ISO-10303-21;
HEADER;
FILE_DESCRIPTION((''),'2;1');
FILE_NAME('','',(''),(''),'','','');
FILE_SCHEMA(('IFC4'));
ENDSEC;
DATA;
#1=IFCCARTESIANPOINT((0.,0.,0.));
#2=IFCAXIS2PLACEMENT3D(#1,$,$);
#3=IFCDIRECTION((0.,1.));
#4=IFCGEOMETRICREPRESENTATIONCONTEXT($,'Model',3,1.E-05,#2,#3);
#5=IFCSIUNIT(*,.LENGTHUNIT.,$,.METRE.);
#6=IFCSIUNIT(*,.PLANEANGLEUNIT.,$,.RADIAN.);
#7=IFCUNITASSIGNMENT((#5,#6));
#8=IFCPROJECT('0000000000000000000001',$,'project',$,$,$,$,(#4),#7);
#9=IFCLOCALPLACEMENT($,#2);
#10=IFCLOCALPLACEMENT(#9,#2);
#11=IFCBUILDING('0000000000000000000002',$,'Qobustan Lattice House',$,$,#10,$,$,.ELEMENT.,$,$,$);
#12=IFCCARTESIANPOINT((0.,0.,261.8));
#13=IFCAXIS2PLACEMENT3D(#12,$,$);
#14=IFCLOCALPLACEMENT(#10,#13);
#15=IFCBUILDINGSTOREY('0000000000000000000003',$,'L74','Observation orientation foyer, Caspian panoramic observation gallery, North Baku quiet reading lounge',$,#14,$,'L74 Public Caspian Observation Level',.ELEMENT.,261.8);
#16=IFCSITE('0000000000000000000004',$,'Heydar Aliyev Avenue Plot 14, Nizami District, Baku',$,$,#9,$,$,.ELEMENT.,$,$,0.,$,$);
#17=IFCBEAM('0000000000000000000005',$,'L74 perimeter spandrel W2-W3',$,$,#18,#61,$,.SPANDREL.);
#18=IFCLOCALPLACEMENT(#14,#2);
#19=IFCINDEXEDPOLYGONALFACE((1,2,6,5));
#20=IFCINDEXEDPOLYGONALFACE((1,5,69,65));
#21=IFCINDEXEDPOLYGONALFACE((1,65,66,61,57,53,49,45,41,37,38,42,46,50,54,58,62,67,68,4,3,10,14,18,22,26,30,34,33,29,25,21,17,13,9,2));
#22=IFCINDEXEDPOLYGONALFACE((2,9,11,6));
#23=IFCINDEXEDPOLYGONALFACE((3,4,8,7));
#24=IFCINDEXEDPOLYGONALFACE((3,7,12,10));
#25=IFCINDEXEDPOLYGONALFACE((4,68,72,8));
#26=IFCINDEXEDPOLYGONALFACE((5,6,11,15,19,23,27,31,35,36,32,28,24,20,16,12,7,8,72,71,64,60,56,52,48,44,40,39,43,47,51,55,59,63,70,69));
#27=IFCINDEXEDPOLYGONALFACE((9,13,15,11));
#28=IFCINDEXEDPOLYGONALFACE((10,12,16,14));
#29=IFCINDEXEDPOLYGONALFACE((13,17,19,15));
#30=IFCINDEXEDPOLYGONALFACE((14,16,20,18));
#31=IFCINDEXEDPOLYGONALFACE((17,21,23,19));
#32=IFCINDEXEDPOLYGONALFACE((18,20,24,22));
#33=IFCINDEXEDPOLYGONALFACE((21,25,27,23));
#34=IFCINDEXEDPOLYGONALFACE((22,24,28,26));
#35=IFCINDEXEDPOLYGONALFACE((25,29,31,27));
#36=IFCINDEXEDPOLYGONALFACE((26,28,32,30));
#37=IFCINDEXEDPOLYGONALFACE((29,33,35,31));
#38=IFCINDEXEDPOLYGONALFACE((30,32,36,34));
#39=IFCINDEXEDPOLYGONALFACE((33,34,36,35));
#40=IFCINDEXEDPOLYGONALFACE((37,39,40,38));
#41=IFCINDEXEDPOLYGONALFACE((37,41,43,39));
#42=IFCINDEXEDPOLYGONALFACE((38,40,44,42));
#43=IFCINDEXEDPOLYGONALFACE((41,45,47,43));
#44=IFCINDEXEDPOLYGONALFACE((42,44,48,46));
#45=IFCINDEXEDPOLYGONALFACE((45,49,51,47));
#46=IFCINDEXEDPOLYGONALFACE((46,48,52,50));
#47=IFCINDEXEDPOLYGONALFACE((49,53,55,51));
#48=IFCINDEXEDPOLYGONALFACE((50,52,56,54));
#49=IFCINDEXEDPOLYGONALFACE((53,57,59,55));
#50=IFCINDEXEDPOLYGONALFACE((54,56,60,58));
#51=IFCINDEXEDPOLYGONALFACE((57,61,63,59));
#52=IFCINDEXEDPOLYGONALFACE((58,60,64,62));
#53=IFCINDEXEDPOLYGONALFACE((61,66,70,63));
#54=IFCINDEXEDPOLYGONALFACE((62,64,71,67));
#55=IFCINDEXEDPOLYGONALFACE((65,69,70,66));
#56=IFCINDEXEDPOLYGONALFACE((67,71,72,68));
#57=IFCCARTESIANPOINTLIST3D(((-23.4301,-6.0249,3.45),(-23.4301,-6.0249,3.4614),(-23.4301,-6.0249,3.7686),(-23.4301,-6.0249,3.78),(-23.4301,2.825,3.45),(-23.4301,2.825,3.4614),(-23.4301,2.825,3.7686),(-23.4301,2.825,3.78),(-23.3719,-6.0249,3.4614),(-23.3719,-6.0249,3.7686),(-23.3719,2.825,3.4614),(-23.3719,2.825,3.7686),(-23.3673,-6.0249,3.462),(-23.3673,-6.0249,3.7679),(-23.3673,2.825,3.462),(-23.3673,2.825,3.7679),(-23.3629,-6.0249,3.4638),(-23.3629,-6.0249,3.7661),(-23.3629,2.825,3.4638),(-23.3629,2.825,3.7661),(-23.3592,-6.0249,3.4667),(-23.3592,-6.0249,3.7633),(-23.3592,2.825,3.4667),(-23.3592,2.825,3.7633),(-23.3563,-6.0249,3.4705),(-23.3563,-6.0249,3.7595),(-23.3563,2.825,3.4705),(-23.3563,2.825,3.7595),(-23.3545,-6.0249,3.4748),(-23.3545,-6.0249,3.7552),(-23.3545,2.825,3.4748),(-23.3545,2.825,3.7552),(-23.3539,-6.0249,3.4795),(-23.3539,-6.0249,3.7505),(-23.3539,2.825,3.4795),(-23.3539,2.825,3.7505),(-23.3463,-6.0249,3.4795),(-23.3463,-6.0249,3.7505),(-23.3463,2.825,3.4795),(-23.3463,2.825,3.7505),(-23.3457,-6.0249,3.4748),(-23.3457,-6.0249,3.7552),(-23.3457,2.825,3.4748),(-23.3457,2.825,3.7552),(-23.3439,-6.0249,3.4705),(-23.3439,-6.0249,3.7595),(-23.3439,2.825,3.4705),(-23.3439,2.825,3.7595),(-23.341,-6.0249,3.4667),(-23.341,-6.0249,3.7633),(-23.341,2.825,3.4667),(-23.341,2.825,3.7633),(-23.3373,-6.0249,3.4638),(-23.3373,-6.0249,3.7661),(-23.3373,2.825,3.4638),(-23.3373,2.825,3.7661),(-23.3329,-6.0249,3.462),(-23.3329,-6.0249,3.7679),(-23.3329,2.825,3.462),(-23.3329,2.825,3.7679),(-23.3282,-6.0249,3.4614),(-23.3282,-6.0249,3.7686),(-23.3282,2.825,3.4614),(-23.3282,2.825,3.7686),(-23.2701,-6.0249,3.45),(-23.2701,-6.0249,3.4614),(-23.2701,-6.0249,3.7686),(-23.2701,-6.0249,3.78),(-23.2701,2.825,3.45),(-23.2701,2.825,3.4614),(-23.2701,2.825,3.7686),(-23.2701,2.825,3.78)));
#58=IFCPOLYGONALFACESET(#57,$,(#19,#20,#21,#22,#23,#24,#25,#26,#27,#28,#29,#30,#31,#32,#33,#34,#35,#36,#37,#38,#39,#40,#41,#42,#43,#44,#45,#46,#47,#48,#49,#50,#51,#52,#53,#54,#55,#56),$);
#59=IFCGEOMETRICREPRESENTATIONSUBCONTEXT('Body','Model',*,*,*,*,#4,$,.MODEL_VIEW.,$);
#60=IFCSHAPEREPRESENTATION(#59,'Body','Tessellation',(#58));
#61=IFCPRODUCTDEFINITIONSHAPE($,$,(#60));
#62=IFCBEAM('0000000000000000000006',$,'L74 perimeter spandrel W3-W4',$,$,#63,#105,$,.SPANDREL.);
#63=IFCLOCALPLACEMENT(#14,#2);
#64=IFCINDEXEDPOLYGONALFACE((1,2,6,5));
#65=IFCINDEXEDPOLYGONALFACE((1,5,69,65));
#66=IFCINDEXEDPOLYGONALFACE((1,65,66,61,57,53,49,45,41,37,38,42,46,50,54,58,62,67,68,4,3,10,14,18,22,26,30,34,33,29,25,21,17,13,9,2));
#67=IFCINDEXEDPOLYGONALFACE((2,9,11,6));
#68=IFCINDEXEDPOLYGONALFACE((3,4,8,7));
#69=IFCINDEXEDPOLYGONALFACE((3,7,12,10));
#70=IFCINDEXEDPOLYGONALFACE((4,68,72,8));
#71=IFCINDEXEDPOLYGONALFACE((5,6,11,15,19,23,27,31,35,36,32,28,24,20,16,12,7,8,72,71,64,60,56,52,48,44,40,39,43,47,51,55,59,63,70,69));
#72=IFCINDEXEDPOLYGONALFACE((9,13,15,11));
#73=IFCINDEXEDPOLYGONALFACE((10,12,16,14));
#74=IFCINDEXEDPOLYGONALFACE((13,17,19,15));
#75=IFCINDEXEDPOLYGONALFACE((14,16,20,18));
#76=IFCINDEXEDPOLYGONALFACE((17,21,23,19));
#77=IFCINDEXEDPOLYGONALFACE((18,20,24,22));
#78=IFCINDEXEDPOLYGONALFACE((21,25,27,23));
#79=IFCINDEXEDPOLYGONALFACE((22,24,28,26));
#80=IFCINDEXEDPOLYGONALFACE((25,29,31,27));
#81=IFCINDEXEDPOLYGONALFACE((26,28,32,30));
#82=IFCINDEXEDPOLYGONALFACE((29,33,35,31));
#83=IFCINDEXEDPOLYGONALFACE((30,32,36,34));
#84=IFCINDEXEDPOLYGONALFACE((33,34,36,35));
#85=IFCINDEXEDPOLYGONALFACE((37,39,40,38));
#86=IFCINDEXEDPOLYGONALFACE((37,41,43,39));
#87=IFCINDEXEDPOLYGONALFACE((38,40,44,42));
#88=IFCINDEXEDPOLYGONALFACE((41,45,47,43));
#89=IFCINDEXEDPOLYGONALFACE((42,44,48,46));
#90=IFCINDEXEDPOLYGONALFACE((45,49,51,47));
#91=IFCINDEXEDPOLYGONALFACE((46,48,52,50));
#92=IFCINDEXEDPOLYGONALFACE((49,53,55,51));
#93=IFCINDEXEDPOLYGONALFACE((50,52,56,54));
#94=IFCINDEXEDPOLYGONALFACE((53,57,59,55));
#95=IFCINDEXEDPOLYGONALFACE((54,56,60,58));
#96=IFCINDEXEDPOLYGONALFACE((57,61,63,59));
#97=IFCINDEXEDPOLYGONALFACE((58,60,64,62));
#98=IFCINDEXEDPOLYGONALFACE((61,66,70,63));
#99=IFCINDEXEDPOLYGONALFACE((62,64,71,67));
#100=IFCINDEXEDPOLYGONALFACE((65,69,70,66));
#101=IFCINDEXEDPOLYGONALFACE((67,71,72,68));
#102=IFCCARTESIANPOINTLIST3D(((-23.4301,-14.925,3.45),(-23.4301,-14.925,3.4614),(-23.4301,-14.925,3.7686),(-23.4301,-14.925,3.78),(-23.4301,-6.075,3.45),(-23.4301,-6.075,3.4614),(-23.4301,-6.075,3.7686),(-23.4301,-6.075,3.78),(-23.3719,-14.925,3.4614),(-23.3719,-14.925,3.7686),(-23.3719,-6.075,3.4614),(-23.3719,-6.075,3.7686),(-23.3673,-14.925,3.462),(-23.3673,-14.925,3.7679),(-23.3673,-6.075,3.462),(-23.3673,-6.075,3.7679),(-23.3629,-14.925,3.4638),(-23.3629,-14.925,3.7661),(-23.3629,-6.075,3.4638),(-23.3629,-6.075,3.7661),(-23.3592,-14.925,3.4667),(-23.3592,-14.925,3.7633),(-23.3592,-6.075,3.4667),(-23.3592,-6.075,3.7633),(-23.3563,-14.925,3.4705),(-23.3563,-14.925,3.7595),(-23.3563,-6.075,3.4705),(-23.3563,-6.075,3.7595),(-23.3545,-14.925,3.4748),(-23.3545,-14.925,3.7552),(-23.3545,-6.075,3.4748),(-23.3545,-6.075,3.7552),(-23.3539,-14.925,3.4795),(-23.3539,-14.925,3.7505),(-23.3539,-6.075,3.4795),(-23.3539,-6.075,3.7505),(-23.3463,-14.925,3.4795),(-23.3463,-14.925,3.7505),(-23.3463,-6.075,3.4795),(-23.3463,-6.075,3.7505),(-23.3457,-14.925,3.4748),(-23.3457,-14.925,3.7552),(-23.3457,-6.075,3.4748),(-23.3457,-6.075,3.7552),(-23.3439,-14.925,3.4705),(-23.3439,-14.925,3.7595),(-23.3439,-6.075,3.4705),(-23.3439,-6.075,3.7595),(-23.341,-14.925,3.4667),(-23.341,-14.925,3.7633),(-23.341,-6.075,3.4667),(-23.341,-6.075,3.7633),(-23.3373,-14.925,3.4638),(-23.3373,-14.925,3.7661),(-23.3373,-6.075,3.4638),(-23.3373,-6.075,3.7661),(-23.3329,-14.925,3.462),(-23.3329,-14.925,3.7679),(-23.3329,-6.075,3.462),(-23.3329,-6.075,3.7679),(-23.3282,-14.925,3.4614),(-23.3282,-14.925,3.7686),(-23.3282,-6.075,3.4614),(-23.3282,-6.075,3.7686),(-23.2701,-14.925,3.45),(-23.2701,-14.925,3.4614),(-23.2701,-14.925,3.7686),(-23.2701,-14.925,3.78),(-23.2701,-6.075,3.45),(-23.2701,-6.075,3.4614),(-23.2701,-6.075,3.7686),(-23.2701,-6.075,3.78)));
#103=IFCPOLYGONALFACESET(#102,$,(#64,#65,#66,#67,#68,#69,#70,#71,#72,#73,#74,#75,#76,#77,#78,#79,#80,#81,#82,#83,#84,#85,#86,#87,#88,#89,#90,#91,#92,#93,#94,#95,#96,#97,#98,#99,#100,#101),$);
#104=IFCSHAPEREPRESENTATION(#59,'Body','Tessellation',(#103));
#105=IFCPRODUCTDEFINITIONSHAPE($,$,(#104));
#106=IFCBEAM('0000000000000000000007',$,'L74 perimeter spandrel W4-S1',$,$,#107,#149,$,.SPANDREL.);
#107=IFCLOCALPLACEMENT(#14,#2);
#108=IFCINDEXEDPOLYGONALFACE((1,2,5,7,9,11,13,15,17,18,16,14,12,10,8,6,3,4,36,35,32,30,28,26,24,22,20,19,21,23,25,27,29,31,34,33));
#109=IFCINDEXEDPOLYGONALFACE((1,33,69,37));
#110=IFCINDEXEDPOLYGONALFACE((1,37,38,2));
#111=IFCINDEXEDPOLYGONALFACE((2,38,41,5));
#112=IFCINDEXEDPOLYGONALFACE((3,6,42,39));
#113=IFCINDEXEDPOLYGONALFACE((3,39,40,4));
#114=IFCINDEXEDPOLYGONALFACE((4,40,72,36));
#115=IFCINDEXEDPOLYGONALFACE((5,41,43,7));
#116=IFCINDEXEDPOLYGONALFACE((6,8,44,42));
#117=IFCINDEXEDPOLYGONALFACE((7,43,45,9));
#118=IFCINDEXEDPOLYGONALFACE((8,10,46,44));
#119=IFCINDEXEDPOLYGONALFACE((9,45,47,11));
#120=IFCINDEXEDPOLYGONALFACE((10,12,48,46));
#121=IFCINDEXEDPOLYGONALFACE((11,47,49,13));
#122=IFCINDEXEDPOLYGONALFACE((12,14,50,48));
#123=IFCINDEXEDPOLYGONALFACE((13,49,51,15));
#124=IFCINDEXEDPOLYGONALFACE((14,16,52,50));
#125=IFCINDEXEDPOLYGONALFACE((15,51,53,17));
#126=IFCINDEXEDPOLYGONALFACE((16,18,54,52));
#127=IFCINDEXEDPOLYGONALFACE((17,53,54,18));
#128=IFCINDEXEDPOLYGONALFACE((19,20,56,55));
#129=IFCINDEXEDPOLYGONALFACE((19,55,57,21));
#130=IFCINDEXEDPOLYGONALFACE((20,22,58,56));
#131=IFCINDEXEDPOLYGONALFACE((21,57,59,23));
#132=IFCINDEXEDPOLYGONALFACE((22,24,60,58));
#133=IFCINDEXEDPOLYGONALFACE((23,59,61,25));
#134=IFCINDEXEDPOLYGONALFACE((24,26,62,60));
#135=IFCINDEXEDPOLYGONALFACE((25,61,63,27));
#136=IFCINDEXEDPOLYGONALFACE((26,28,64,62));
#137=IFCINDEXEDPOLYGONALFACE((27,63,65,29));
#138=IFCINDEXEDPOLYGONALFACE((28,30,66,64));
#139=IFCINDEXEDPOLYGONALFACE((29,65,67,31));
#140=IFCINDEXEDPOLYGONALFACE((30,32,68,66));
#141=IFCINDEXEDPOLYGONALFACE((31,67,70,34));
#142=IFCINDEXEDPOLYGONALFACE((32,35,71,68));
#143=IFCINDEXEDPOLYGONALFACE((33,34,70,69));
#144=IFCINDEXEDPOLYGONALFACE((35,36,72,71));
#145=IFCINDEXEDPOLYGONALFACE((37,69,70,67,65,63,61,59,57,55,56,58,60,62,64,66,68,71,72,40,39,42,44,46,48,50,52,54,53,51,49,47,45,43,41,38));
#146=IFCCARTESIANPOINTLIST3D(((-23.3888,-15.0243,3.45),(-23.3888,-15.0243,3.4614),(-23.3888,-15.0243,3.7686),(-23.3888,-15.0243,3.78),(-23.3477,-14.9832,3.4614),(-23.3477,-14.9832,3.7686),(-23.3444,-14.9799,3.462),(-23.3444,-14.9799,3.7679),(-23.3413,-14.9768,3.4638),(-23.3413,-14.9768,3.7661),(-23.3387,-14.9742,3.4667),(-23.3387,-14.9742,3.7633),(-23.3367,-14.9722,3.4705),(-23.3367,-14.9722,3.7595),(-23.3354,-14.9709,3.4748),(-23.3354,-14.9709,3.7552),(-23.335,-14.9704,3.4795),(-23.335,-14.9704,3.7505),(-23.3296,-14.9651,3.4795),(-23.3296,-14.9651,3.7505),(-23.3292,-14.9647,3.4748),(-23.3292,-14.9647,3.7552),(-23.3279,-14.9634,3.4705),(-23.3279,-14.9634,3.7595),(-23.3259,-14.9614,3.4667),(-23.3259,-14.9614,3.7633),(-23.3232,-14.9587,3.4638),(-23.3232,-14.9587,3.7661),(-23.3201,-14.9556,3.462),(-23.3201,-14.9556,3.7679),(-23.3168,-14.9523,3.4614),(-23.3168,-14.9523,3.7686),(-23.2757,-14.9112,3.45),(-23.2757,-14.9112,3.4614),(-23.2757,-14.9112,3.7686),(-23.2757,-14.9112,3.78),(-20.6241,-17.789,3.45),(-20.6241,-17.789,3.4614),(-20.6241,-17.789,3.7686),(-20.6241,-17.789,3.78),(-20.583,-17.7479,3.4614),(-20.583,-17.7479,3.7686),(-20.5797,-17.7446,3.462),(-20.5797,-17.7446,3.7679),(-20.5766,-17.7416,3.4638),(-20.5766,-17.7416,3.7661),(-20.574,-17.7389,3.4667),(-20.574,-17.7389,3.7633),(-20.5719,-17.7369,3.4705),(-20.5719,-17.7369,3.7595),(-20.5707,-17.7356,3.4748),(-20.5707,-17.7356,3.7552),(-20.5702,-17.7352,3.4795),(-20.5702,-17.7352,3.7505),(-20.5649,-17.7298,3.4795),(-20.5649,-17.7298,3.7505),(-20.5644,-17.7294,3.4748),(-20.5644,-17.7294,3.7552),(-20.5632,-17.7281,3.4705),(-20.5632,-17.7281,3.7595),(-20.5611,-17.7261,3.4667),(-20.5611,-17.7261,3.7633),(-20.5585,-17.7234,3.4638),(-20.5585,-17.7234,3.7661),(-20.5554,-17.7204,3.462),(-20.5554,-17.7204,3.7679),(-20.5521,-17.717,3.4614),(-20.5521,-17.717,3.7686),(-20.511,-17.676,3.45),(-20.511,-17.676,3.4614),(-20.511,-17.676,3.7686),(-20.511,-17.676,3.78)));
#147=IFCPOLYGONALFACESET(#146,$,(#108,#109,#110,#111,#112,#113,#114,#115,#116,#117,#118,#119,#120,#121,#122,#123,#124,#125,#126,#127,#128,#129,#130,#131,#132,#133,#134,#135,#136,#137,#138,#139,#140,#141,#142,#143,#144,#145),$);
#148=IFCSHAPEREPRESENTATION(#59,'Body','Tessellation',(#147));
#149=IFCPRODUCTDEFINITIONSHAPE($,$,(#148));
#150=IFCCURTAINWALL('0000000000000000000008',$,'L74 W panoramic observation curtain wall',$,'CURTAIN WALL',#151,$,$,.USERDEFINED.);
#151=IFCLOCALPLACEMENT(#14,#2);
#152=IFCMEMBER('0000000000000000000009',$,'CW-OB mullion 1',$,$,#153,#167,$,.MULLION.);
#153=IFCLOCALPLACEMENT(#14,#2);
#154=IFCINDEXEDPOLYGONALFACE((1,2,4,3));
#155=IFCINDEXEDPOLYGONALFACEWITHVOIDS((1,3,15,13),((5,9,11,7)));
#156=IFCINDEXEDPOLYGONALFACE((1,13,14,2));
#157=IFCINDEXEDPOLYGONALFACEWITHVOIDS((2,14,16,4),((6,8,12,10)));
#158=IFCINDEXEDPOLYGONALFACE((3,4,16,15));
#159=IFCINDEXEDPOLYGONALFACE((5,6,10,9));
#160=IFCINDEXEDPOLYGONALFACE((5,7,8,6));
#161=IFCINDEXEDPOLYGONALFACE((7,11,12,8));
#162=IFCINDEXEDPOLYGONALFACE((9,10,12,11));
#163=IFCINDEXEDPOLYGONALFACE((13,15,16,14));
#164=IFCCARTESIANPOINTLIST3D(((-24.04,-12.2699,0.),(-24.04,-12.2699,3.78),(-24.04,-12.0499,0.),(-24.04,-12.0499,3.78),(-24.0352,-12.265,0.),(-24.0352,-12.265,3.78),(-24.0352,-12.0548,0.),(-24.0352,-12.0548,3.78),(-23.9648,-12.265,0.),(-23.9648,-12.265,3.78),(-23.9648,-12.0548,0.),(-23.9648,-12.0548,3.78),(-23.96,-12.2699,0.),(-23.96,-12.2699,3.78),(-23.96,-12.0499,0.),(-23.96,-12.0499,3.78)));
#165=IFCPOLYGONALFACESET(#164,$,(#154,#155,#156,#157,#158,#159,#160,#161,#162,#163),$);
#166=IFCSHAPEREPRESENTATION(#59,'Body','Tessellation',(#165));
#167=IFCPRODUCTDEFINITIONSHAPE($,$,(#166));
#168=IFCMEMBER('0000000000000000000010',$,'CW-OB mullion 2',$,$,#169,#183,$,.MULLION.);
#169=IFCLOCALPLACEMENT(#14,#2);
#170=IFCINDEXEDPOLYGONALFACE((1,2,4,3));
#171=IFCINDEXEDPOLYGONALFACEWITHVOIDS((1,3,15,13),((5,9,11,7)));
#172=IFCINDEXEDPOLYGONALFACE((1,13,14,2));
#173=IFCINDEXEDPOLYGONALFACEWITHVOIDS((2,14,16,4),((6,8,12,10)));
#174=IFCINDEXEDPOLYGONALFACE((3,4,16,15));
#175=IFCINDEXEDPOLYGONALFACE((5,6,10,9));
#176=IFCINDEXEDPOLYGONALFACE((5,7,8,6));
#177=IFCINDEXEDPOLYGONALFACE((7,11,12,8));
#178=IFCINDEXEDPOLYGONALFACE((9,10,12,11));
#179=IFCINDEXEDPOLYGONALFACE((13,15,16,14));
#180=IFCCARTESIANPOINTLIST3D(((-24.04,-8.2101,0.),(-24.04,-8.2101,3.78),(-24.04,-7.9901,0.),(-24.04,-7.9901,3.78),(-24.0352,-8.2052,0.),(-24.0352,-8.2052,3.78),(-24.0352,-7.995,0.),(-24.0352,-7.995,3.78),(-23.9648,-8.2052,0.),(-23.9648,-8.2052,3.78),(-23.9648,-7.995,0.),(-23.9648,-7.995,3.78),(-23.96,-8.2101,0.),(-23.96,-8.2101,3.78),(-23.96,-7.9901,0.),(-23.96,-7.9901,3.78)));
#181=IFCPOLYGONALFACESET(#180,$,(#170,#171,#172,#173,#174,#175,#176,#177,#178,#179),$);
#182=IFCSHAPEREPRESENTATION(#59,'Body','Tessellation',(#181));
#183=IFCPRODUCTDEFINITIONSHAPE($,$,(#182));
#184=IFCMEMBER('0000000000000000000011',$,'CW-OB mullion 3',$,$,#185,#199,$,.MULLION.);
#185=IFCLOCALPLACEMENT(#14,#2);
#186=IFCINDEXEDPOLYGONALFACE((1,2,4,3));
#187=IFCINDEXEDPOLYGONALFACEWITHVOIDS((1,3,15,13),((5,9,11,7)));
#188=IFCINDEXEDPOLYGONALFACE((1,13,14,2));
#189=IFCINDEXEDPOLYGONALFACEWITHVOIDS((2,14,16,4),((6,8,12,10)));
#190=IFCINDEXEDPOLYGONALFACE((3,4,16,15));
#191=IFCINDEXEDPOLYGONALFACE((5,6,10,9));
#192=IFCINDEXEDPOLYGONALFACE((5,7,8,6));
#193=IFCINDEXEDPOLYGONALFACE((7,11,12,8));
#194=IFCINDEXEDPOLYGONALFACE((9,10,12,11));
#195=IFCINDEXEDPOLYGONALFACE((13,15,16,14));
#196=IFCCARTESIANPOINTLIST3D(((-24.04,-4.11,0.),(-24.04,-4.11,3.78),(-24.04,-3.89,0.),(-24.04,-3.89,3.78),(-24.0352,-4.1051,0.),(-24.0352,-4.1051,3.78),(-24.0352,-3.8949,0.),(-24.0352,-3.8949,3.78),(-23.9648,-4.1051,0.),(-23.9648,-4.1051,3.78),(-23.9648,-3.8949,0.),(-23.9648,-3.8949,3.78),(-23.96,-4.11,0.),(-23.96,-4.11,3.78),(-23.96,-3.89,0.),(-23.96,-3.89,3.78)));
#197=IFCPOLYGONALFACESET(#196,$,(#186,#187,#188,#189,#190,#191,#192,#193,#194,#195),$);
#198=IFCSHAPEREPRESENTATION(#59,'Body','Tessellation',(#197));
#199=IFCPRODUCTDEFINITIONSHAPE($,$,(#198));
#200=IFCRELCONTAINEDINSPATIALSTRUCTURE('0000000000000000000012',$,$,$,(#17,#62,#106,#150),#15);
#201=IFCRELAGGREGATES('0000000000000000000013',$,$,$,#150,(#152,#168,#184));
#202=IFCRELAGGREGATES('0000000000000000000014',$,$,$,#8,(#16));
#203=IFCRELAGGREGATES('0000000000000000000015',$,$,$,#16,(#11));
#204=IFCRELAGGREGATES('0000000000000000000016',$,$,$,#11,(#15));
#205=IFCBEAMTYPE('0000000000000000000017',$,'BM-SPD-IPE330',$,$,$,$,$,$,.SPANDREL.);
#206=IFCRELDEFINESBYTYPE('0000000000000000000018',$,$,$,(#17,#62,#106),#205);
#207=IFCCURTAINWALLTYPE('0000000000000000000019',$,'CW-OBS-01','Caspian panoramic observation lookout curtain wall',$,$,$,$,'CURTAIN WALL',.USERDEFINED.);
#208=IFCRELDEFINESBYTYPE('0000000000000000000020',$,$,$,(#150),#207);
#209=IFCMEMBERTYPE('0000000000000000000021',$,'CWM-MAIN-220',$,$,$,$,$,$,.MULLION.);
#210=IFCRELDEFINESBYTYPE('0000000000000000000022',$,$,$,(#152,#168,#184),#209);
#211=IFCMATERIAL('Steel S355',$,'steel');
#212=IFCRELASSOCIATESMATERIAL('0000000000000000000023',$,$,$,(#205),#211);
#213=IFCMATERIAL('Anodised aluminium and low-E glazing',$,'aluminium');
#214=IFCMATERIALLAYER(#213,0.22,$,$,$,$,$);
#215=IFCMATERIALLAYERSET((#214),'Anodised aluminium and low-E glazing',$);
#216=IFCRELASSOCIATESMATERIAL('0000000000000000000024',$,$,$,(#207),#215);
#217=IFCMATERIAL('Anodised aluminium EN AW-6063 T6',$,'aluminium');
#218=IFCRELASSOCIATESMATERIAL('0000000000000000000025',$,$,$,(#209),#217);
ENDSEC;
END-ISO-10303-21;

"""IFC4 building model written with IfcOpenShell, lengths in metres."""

from ifc_helpers import new_model, si_unit, direction, frame, origin, origin_2d, place, context, subcontext, project, spatial, hollow_rectangle, i_section, extrude, material, layer, layer_set, material_profile, profile_set, type_object, element, aggregate, save


model = new_model("IFC4")

# Units and contexts
model_context = context("Model", 3, precision=1e-05, world=origin(), true_north=direction((0.0, 1.0)))
body_context = subcontext(model_context, "Body", "Model", "MODEL_VIEW")
ifc_project = project(units=[si_unit("LENGTHUNIT", "METRE"), si_unit("PLANEANGLEUNIT", "RADIAN")], contexts=[model_context])

# Site, building, storey
site_placement = place(None, origin())
site = spatial("IfcSite", under=ifc_project, at=site_placement, Name="Heydar Aliyev Avenue Plot 14, Nizami District, Baku", CompositionType="ELEMENT", RefElevation=0.0)
building_placement = place(site_placement, origin())
building = spatial("IfcBuilding", under=site, at=building_placement, Name="Qobustan Lattice House", CompositionType="ELEMENT")
storey_placement = place(building_placement, frame((0.0, 0.0, 261.8)))
storey = spatial("IfcBuildingStorey", under=building, at=storey_placement, Name="L74", Description="Observation orientation foyer, Caspian panoramic observation gallery, North Baku quiet reading lounge", LongName="L74 Public Caspian Observation Level", CompositionType="ELEMENT", Elevation=261.8)

# Beams
ifc_material_1 = material(Name="Steel S355", Category="steel")
ifc_material_profile_1 = material_profile(ifc_material_1, i_section(OverallWidth=0.1599, OverallDepth=0.3301, WebThickness=0.0076, FlangeThickness=0.0115, FilletRadius=0.0181, at=origin_2d()), Name="IPE330")
ifc_profile_set_1 = profile_set([ifc_material_profile_1], Name="Steel S355")
beam_type_1 = type_object("IfcBeamType", Name="BM-SPD-IPE330", PredefinedType="SPANDREL", material=ifc_profile_set_1)
beam_1_placement = place(storey_placement, frame((-23.3501, 2.825, 3.615), z_axis=(0.0, -1.0, 0.0), x_axis=(1.0, 0.0, 0.0)))
element("IfcBeam", 1, at=beam_1_placement, inside=storey, type_object=beam_type_1, Name="L74 perimeter spandrel W2-W3", PredefinedType="SPANDREL", context=body_context, shape_type="SweptSolid", body=[
    extrude(i_section(OverallWidth=0.1599, OverallDepth=0.3301, WebThickness=0.0076, FlangeThickness=0.0115, FilletRadius=0.0181, at=origin_2d()), origin(), (0.0, 0.0, 1.0), 8.8499),
])
beam_2_placement = place(storey_placement, frame((-23.3501, -6.075, 3.615), z_axis=(0.0, -1.0, 0.0), x_axis=(1.0, 0.0, 0.0)))
element("IfcBeam", 2, at=beam_2_placement, inside=storey, type_object=beam_type_1, Name="L74 perimeter spandrel W3-W4", PredefinedType="SPANDREL", context=body_context, shape_type="SweptSolid", body=[
    extrude(i_section(OverallWidth=0.1599, OverallDepth=0.3301, WebThickness=0.0076, FlangeThickness=0.0115, FilletRadius=0.0181, at=origin_2d()), origin(), (0.0, 0.0, 1.0), 8.8501),
])
beam_3_placement = place(storey_placement, frame((-23.3323, -14.9678, 3.615), z_axis=(0.707107, -0.707107, 0.0), x_axis=(0.707107, 0.707107, 0.0)))
element("IfcBeam", 3, at=beam_3_placement, inside=storey, type_object=beam_type_1, Name="L74 perimeter spandrel W4-S1", PredefinedType="SPANDREL", context=body_context, shape_type="SweptSolid", body=[
    extrude(i_section(OverallWidth=0.1599, OverallDepth=0.3301, WebThickness=0.0076, FlangeThickness=0.0115, FilletRadius=0.0181, at=origin_2d()), origin(), (0.0, 0.0, 1.0), 3.9099),
])

# Curtain wall, members
ifc_material_2 = material(Name="Anodised aluminium and low-E glazing", Category="aluminium")
ifc_layer_1 = layer(ifc_material_2, 0.22)
ifc_layer_set_1 = layer_set([ifc_layer_1], Name="Anodised aluminium and low-E glazing")
curtain_wall_type = type_object("IfcCurtainWallType", Name="CW-OBS-01", Description="Caspian panoramic observation lookout curtain wall", ElementType="CURTAIN WALL", PredefinedType="USERDEFINED", material=ifc_layer_set_1)
curtain_wall_placement = place(storey_placement, origin())
curtain_wall = element("IfcCurtainWall", 4, at=curtain_wall_placement, inside=storey, type_object=curtain_wall_type, Name="L74 W panoramic observation curtain wall", ObjectType="CURTAIN WALL", PredefinedType="USERDEFINED")
ifc_material_3 = material(Name="Anodised aluminium EN AW-6063 T6", Category="aluminium")
ifc_material_profile_2 = material_profile(ifc_material_3, hollow_rectangle(XDim=0.0801, YDim=0.22, WallThickness=0.0049, at=origin_2d()), Name="CWM-220x80")
ifc_profile_set_2 = profile_set([ifc_material_profile_2], Name="Anodised aluminium EN AW-6063 T6")
member_type_1 = type_object("IfcMemberType", Name="CWM-MAIN-220", PredefinedType="MULLION", material=ifc_profile_set_2)
member_1_placement = place(storey_placement, frame((-24.0, -12.1599, 0.0), z_axis=(0.0, 0.0, 1.0), x_axis=(-1.0, 0.0, 0.0)))
member_1 = element("IfcMember", 5, at=member_1_placement, type_object=member_type_1, Name="CW-OB mullion 1", PredefinedType="MULLION", context=body_context, shape_type="SweptSolid", body=[
    extrude(hollow_rectangle(XDim=0.0801, YDim=0.22, WallThickness=0.0049, at=origin_2d()), origin(), (0.0, 0.0, 1.0), 3.78),
])
member_2_placement = place(storey_placement, frame((-24.0, -8.1001, 0.0), z_axis=(0.0, 0.0, 1.0), x_axis=(-1.0, 0.0, 0.0)))
member_2 = element("IfcMember", 6, at=member_2_placement, type_object=member_type_1, Name="CW-OB mullion 2", PredefinedType="MULLION", context=body_context, shape_type="SweptSolid", body=[
    extrude(hollow_rectangle(XDim=0.0801, YDim=0.22, WallThickness=0.0049, at=origin_2d()), origin(), (0.0, 0.0, 1.0), 3.78),
])
member_3_placement = place(storey_placement, frame((-24.0, -4.0, 0.0), z_axis=(0.0, 0.0, 1.0), x_axis=(-1.0, 0.0, 0.0)))
member_3 = element("IfcMember", 7, at=member_3_placement, type_object=member_type_1, Name="CW-OB mullion 3", PredefinedType="MULLION", context=body_context, shape_type="SweptSolid", body=[
    extrude(hollow_rectangle(XDim=0.0801, YDim=0.22, WallThickness=0.0049, at=origin_2d()), origin(), (0.0, 0.0, 1.0), 3.78),
])
aggregate(curtain_wall, [member_1, member_2, member_3])

save(model, "model.ifc")
